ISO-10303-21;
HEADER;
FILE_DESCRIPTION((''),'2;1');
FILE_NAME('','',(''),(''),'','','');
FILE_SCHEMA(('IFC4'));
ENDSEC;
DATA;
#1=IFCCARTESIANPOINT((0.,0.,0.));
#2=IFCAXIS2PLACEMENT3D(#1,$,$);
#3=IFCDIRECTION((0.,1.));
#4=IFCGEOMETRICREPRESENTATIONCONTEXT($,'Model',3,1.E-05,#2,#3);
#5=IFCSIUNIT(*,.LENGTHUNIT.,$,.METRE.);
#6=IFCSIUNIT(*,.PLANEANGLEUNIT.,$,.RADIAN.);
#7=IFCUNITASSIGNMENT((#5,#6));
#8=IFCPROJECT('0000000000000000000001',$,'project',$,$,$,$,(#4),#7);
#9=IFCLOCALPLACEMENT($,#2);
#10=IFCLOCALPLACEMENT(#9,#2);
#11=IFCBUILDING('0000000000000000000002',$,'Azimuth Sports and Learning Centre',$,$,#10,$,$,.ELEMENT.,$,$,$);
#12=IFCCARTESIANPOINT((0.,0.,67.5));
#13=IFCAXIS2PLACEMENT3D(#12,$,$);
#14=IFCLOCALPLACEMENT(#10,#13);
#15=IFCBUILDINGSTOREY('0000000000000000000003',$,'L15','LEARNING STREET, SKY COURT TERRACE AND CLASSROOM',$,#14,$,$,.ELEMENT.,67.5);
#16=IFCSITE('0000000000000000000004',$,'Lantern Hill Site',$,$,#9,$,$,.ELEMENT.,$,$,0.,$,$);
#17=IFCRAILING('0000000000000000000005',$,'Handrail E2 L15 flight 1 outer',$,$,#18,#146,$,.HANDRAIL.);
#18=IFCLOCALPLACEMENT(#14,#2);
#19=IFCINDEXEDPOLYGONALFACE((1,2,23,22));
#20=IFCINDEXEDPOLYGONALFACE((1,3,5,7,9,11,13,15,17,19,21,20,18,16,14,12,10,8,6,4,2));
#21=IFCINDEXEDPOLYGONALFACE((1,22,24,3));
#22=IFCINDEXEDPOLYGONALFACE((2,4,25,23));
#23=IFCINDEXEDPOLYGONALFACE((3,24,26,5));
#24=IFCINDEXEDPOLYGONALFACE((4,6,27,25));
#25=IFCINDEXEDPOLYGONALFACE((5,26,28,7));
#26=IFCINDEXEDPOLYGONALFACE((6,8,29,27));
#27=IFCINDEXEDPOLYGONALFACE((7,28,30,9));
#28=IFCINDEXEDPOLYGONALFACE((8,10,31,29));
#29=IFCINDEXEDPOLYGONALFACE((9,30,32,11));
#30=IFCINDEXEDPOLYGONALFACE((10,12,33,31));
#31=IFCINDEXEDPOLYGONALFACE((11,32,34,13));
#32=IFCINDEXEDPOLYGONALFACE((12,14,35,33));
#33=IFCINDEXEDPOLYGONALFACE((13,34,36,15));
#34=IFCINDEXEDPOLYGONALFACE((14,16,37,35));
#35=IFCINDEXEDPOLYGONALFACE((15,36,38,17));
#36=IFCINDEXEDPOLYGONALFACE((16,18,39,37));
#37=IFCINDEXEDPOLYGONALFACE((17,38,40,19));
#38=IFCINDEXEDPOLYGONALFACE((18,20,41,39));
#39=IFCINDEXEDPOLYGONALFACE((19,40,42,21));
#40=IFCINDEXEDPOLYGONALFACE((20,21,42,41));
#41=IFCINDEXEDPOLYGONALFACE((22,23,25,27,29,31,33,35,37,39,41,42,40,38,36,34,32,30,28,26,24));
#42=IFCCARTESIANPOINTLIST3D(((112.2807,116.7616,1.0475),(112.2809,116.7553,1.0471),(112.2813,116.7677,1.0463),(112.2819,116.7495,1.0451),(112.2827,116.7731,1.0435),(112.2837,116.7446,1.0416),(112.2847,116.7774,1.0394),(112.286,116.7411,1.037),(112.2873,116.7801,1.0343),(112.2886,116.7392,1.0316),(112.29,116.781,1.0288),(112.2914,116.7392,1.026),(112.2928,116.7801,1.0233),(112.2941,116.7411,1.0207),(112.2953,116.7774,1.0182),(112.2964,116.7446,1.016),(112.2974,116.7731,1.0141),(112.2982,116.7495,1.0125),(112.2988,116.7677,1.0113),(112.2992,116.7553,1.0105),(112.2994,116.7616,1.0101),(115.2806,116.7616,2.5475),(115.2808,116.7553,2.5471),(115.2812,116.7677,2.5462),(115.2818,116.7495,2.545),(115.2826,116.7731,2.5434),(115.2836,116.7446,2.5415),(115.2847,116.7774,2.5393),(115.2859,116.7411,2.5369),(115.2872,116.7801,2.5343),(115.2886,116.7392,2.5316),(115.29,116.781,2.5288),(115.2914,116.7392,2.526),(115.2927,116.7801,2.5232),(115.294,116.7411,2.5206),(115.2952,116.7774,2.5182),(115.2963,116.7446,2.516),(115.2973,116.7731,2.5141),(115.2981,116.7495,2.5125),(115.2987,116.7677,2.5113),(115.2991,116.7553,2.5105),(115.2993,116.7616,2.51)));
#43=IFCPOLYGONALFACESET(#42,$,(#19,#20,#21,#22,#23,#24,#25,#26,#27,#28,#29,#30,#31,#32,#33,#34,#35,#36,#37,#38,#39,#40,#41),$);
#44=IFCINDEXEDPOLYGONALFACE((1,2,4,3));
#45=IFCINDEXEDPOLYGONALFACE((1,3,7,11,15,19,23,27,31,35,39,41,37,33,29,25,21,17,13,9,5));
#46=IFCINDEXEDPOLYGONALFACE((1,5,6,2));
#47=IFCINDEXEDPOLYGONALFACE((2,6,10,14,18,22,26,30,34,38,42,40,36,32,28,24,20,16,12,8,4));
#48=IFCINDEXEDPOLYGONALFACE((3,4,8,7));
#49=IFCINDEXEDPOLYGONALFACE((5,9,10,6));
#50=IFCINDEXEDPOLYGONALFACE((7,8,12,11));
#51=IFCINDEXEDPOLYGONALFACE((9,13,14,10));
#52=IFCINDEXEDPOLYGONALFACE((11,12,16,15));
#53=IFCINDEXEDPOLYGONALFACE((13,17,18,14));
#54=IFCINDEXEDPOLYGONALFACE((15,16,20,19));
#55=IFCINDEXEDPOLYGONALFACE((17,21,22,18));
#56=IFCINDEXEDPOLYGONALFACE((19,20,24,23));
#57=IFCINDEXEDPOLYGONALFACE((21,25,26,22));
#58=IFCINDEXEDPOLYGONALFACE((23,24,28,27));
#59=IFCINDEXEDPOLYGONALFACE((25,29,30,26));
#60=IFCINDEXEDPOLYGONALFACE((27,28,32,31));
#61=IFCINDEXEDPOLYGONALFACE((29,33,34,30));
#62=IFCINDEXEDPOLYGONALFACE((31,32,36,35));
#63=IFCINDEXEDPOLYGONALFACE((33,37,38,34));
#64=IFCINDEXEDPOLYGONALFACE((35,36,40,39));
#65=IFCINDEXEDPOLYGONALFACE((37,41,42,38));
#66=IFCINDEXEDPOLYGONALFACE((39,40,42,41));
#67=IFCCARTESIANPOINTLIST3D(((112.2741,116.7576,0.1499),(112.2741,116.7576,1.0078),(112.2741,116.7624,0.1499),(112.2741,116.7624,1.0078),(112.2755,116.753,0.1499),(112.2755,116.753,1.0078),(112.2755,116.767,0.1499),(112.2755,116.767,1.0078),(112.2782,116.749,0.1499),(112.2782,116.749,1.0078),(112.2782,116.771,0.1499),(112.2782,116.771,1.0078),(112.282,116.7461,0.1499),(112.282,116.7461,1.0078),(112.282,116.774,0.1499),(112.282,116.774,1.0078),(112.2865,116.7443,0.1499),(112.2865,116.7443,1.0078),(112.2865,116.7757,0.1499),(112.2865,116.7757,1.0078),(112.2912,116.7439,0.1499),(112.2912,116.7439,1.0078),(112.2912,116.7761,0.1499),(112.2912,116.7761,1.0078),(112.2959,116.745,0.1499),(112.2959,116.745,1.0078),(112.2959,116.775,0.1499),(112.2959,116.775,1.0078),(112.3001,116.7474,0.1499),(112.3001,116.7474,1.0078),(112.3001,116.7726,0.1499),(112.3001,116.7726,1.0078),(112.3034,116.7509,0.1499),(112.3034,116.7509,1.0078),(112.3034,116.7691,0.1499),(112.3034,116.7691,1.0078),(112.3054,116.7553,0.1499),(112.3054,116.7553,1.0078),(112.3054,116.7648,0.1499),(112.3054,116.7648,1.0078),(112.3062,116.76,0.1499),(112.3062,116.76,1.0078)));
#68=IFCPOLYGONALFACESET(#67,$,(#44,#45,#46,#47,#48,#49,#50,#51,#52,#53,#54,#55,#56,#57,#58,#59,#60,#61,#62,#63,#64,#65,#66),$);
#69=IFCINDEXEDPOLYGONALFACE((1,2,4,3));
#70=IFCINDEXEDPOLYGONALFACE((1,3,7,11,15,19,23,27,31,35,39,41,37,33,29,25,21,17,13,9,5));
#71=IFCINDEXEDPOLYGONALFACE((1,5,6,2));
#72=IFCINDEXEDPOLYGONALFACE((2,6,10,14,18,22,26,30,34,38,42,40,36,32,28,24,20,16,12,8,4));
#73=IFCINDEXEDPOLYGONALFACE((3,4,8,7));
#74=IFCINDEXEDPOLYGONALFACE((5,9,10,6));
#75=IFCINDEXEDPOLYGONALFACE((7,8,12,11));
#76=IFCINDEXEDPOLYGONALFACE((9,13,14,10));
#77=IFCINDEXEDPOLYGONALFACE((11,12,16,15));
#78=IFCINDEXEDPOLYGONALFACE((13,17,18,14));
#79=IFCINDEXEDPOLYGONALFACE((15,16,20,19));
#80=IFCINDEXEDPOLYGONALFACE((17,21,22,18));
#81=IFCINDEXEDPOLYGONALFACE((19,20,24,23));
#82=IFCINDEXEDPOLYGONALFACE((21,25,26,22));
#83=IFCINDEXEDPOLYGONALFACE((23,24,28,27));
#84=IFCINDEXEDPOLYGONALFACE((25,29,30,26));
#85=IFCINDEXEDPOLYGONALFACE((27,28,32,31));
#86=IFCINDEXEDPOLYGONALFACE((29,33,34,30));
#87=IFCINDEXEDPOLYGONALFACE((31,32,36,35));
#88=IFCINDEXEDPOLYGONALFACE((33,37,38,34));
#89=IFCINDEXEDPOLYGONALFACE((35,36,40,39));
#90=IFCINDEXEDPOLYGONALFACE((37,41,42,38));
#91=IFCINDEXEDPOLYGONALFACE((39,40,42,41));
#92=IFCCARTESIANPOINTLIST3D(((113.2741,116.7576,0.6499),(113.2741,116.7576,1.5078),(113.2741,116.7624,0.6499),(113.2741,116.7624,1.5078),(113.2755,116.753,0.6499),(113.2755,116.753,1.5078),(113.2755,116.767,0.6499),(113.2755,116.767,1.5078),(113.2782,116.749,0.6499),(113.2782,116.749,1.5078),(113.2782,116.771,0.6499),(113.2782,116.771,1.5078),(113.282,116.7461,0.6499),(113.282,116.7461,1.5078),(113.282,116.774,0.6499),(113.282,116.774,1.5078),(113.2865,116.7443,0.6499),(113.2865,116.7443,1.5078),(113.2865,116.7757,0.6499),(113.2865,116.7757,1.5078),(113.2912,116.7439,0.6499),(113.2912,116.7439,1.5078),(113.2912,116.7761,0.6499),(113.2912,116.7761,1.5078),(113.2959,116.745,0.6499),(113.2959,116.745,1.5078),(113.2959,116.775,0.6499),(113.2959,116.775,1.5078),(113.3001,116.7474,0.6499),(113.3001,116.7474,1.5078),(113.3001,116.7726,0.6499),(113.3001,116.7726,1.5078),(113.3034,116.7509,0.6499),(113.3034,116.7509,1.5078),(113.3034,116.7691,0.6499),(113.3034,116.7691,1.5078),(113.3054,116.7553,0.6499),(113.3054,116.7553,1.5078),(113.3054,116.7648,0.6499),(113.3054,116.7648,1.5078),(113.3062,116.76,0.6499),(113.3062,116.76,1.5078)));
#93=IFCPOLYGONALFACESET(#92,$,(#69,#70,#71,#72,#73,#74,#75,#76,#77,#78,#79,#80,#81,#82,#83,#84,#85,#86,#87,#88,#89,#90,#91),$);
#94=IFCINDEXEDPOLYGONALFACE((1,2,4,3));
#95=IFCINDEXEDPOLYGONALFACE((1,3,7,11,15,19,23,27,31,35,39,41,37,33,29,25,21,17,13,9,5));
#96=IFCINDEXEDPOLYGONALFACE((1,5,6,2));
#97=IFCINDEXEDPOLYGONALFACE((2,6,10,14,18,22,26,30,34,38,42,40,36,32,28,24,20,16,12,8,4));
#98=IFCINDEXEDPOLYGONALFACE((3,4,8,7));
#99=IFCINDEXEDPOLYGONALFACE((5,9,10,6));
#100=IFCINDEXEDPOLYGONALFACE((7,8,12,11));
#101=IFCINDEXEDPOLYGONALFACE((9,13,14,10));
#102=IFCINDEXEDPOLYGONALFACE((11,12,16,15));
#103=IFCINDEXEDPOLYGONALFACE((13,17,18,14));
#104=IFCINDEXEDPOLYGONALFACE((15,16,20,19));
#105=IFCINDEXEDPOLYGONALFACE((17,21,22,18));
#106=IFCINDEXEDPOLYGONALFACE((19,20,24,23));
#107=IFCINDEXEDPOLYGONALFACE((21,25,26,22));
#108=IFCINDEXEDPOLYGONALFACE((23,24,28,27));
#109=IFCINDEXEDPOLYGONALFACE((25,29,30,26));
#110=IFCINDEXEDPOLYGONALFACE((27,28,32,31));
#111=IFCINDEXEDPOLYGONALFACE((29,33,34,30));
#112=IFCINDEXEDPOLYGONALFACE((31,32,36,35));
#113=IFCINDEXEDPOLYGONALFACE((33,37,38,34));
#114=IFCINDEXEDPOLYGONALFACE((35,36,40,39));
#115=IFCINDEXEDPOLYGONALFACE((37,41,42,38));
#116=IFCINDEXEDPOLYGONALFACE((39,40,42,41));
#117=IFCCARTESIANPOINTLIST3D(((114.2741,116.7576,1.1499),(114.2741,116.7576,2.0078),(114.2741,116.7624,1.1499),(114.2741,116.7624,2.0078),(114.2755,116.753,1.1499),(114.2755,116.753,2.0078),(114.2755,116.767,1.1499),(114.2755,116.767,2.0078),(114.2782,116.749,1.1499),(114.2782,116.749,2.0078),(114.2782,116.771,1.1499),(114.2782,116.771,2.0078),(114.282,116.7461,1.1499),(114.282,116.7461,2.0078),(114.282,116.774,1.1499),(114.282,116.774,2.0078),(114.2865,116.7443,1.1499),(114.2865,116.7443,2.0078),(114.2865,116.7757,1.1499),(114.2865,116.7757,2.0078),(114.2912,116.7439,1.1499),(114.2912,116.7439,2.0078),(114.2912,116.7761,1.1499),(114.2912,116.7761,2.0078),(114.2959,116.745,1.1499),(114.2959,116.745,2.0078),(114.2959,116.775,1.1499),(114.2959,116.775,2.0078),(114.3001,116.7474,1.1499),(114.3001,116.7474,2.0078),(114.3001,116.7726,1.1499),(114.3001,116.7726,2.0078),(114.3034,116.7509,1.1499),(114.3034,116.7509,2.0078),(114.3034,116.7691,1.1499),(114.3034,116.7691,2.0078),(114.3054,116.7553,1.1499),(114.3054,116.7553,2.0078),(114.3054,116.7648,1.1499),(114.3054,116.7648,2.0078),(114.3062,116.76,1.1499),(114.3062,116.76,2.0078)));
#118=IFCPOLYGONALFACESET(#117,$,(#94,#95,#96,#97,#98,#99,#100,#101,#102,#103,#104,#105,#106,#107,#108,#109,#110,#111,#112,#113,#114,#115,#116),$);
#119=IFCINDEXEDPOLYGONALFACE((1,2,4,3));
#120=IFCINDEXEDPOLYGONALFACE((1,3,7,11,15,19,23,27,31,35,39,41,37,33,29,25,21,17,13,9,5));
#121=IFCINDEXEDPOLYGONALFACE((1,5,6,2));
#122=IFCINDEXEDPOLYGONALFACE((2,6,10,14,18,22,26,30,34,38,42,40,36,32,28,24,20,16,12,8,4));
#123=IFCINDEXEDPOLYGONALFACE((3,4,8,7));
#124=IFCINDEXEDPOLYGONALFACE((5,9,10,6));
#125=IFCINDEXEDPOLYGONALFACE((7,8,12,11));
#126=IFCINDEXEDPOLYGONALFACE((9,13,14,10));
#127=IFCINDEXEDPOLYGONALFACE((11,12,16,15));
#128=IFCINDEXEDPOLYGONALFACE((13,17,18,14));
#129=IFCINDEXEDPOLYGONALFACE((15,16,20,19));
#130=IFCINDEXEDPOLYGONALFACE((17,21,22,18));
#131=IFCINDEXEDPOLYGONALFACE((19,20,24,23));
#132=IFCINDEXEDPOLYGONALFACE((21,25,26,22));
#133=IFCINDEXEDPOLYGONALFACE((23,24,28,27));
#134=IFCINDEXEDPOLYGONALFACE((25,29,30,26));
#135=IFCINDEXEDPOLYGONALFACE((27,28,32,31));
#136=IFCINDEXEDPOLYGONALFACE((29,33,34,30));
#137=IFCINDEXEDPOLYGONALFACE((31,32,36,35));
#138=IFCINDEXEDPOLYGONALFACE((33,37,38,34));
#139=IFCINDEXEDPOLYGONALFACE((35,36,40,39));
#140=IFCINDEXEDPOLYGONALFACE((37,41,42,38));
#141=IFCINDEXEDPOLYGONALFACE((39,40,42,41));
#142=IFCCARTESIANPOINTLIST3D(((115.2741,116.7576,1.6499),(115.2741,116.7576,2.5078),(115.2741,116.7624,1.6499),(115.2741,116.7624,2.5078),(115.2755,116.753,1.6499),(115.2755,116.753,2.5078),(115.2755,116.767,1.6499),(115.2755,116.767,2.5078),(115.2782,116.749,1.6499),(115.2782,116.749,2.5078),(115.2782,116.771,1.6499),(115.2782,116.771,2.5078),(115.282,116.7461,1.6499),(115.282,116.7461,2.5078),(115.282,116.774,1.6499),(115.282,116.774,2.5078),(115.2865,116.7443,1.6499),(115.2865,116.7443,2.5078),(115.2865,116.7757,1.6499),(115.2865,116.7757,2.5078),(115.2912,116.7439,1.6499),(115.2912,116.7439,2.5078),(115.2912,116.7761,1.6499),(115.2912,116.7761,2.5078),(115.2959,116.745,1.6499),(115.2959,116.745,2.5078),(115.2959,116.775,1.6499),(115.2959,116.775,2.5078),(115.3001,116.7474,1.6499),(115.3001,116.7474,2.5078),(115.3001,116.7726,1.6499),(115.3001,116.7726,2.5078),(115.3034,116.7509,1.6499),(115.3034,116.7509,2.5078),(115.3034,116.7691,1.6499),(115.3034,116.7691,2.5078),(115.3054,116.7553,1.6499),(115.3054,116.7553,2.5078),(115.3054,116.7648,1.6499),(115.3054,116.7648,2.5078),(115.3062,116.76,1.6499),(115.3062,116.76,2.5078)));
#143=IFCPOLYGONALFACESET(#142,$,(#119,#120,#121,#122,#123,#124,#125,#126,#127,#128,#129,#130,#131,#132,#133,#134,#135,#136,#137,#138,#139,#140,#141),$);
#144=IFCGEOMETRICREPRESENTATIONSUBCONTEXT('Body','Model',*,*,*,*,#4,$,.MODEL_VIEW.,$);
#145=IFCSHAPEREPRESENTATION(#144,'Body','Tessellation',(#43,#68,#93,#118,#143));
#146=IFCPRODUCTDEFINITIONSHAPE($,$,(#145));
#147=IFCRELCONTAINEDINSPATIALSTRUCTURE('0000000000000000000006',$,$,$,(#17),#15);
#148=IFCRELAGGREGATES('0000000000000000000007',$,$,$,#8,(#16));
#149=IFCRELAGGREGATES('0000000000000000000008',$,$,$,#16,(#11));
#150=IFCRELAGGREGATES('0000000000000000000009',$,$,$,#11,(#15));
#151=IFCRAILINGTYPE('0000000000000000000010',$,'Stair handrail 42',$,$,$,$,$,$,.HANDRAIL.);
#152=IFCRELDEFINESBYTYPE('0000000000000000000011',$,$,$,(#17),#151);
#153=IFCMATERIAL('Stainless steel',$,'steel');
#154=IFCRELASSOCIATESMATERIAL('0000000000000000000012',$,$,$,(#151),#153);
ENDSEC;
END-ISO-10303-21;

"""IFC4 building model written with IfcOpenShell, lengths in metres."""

from ifc_helpers import new_model, si_unit, direction, frame, origin, origin_2d, place, context, subcontext, project, spatial, circle, extrude, material, type_object, element, save


model = new_model("IFC4")

# Units and contexts
model_context = context("Model", 3, precision=1e-05, world=origin(), true_north=direction((0.0, 1.0)))
body_context = subcontext(model_context, "Body", "Model", "MODEL_VIEW")
ifc_project = project(units=[si_unit("LENGTHUNIT", "METRE"), si_unit("PLANEANGLEUNIT", "RADIAN")], contexts=[model_context])

# Site, building, storey
site_placement = place(None, origin())
site = spatial("IfcSite", under=ifc_project, at=site_placement, Name="Lantern Hill Site", CompositionType="ELEMENT", RefElevation=0.0)
building_placement = place(site_placement, origin())
building = spatial("IfcBuilding", under=site, at=building_placement, Name="Azimuth Sports and Learning Centre", CompositionType="ELEMENT")
storey_placement = place(building_placement, frame((0.0, 0.0, 67.5)))
storey = spatial("IfcBuildingStorey", under=building, at=storey_placement, Name="L15", Description="LEARNING STREET, SKY COURT TERRACE AND CLASSROOM", CompositionType="ELEMENT", Elevation=67.5)

# Railing
ifc_material_1 = material(Name="Stainless steel", Category="steel")
railing_type_1 = type_object("IfcRailingType", Name="Stair handrail 42", PredefinedType="HANDRAIL", material=ifc_material_1)
for number, where, name in (
    (1, (112.29, 116.76, 0.1499), "Handrail E2 L15 flight 1 outer"),
):
    element("IfcRailing", number, at=place(storey_placement, frame(where)), inside=storey, type_object=railing_type_1, Name=name, PredefinedType="HANDRAIL", context=body_context, shape_type="SweptSolid", body=[
        extrude(circle(Radius=0.021, at=origin_2d()), frame((0.0, 0.0, 0.8789), z_axis=(0.894427, 0.0, 0.447214), x_axis=(0.0, 1.0, 0.0)), (0.0, 0.0, 1.0), 3.354),
        extrude(circle(Radius=0.0161, at=origin_2d()), origin(), (0.0, 0.0, 1.0), 0.8579),
        extrude(circle(Radius=0.0161, at=origin_2d()), frame((1.0, 0.0, 0.5)), (0.0, 0.0, 1.0), 0.8579),
        extrude(circle(Radius=0.0161, at=origin_2d()), frame((2.0, 0.0, 1.0)), (0.0, 0.0, 1.0), 0.8579),
        extrude(circle(Radius=0.0161, at=origin_2d()), frame((3.0, 0.0, 1.5)), (0.0, 0.0, 1.0), 0.8579),
    ])

save(model, "model.ifc")
